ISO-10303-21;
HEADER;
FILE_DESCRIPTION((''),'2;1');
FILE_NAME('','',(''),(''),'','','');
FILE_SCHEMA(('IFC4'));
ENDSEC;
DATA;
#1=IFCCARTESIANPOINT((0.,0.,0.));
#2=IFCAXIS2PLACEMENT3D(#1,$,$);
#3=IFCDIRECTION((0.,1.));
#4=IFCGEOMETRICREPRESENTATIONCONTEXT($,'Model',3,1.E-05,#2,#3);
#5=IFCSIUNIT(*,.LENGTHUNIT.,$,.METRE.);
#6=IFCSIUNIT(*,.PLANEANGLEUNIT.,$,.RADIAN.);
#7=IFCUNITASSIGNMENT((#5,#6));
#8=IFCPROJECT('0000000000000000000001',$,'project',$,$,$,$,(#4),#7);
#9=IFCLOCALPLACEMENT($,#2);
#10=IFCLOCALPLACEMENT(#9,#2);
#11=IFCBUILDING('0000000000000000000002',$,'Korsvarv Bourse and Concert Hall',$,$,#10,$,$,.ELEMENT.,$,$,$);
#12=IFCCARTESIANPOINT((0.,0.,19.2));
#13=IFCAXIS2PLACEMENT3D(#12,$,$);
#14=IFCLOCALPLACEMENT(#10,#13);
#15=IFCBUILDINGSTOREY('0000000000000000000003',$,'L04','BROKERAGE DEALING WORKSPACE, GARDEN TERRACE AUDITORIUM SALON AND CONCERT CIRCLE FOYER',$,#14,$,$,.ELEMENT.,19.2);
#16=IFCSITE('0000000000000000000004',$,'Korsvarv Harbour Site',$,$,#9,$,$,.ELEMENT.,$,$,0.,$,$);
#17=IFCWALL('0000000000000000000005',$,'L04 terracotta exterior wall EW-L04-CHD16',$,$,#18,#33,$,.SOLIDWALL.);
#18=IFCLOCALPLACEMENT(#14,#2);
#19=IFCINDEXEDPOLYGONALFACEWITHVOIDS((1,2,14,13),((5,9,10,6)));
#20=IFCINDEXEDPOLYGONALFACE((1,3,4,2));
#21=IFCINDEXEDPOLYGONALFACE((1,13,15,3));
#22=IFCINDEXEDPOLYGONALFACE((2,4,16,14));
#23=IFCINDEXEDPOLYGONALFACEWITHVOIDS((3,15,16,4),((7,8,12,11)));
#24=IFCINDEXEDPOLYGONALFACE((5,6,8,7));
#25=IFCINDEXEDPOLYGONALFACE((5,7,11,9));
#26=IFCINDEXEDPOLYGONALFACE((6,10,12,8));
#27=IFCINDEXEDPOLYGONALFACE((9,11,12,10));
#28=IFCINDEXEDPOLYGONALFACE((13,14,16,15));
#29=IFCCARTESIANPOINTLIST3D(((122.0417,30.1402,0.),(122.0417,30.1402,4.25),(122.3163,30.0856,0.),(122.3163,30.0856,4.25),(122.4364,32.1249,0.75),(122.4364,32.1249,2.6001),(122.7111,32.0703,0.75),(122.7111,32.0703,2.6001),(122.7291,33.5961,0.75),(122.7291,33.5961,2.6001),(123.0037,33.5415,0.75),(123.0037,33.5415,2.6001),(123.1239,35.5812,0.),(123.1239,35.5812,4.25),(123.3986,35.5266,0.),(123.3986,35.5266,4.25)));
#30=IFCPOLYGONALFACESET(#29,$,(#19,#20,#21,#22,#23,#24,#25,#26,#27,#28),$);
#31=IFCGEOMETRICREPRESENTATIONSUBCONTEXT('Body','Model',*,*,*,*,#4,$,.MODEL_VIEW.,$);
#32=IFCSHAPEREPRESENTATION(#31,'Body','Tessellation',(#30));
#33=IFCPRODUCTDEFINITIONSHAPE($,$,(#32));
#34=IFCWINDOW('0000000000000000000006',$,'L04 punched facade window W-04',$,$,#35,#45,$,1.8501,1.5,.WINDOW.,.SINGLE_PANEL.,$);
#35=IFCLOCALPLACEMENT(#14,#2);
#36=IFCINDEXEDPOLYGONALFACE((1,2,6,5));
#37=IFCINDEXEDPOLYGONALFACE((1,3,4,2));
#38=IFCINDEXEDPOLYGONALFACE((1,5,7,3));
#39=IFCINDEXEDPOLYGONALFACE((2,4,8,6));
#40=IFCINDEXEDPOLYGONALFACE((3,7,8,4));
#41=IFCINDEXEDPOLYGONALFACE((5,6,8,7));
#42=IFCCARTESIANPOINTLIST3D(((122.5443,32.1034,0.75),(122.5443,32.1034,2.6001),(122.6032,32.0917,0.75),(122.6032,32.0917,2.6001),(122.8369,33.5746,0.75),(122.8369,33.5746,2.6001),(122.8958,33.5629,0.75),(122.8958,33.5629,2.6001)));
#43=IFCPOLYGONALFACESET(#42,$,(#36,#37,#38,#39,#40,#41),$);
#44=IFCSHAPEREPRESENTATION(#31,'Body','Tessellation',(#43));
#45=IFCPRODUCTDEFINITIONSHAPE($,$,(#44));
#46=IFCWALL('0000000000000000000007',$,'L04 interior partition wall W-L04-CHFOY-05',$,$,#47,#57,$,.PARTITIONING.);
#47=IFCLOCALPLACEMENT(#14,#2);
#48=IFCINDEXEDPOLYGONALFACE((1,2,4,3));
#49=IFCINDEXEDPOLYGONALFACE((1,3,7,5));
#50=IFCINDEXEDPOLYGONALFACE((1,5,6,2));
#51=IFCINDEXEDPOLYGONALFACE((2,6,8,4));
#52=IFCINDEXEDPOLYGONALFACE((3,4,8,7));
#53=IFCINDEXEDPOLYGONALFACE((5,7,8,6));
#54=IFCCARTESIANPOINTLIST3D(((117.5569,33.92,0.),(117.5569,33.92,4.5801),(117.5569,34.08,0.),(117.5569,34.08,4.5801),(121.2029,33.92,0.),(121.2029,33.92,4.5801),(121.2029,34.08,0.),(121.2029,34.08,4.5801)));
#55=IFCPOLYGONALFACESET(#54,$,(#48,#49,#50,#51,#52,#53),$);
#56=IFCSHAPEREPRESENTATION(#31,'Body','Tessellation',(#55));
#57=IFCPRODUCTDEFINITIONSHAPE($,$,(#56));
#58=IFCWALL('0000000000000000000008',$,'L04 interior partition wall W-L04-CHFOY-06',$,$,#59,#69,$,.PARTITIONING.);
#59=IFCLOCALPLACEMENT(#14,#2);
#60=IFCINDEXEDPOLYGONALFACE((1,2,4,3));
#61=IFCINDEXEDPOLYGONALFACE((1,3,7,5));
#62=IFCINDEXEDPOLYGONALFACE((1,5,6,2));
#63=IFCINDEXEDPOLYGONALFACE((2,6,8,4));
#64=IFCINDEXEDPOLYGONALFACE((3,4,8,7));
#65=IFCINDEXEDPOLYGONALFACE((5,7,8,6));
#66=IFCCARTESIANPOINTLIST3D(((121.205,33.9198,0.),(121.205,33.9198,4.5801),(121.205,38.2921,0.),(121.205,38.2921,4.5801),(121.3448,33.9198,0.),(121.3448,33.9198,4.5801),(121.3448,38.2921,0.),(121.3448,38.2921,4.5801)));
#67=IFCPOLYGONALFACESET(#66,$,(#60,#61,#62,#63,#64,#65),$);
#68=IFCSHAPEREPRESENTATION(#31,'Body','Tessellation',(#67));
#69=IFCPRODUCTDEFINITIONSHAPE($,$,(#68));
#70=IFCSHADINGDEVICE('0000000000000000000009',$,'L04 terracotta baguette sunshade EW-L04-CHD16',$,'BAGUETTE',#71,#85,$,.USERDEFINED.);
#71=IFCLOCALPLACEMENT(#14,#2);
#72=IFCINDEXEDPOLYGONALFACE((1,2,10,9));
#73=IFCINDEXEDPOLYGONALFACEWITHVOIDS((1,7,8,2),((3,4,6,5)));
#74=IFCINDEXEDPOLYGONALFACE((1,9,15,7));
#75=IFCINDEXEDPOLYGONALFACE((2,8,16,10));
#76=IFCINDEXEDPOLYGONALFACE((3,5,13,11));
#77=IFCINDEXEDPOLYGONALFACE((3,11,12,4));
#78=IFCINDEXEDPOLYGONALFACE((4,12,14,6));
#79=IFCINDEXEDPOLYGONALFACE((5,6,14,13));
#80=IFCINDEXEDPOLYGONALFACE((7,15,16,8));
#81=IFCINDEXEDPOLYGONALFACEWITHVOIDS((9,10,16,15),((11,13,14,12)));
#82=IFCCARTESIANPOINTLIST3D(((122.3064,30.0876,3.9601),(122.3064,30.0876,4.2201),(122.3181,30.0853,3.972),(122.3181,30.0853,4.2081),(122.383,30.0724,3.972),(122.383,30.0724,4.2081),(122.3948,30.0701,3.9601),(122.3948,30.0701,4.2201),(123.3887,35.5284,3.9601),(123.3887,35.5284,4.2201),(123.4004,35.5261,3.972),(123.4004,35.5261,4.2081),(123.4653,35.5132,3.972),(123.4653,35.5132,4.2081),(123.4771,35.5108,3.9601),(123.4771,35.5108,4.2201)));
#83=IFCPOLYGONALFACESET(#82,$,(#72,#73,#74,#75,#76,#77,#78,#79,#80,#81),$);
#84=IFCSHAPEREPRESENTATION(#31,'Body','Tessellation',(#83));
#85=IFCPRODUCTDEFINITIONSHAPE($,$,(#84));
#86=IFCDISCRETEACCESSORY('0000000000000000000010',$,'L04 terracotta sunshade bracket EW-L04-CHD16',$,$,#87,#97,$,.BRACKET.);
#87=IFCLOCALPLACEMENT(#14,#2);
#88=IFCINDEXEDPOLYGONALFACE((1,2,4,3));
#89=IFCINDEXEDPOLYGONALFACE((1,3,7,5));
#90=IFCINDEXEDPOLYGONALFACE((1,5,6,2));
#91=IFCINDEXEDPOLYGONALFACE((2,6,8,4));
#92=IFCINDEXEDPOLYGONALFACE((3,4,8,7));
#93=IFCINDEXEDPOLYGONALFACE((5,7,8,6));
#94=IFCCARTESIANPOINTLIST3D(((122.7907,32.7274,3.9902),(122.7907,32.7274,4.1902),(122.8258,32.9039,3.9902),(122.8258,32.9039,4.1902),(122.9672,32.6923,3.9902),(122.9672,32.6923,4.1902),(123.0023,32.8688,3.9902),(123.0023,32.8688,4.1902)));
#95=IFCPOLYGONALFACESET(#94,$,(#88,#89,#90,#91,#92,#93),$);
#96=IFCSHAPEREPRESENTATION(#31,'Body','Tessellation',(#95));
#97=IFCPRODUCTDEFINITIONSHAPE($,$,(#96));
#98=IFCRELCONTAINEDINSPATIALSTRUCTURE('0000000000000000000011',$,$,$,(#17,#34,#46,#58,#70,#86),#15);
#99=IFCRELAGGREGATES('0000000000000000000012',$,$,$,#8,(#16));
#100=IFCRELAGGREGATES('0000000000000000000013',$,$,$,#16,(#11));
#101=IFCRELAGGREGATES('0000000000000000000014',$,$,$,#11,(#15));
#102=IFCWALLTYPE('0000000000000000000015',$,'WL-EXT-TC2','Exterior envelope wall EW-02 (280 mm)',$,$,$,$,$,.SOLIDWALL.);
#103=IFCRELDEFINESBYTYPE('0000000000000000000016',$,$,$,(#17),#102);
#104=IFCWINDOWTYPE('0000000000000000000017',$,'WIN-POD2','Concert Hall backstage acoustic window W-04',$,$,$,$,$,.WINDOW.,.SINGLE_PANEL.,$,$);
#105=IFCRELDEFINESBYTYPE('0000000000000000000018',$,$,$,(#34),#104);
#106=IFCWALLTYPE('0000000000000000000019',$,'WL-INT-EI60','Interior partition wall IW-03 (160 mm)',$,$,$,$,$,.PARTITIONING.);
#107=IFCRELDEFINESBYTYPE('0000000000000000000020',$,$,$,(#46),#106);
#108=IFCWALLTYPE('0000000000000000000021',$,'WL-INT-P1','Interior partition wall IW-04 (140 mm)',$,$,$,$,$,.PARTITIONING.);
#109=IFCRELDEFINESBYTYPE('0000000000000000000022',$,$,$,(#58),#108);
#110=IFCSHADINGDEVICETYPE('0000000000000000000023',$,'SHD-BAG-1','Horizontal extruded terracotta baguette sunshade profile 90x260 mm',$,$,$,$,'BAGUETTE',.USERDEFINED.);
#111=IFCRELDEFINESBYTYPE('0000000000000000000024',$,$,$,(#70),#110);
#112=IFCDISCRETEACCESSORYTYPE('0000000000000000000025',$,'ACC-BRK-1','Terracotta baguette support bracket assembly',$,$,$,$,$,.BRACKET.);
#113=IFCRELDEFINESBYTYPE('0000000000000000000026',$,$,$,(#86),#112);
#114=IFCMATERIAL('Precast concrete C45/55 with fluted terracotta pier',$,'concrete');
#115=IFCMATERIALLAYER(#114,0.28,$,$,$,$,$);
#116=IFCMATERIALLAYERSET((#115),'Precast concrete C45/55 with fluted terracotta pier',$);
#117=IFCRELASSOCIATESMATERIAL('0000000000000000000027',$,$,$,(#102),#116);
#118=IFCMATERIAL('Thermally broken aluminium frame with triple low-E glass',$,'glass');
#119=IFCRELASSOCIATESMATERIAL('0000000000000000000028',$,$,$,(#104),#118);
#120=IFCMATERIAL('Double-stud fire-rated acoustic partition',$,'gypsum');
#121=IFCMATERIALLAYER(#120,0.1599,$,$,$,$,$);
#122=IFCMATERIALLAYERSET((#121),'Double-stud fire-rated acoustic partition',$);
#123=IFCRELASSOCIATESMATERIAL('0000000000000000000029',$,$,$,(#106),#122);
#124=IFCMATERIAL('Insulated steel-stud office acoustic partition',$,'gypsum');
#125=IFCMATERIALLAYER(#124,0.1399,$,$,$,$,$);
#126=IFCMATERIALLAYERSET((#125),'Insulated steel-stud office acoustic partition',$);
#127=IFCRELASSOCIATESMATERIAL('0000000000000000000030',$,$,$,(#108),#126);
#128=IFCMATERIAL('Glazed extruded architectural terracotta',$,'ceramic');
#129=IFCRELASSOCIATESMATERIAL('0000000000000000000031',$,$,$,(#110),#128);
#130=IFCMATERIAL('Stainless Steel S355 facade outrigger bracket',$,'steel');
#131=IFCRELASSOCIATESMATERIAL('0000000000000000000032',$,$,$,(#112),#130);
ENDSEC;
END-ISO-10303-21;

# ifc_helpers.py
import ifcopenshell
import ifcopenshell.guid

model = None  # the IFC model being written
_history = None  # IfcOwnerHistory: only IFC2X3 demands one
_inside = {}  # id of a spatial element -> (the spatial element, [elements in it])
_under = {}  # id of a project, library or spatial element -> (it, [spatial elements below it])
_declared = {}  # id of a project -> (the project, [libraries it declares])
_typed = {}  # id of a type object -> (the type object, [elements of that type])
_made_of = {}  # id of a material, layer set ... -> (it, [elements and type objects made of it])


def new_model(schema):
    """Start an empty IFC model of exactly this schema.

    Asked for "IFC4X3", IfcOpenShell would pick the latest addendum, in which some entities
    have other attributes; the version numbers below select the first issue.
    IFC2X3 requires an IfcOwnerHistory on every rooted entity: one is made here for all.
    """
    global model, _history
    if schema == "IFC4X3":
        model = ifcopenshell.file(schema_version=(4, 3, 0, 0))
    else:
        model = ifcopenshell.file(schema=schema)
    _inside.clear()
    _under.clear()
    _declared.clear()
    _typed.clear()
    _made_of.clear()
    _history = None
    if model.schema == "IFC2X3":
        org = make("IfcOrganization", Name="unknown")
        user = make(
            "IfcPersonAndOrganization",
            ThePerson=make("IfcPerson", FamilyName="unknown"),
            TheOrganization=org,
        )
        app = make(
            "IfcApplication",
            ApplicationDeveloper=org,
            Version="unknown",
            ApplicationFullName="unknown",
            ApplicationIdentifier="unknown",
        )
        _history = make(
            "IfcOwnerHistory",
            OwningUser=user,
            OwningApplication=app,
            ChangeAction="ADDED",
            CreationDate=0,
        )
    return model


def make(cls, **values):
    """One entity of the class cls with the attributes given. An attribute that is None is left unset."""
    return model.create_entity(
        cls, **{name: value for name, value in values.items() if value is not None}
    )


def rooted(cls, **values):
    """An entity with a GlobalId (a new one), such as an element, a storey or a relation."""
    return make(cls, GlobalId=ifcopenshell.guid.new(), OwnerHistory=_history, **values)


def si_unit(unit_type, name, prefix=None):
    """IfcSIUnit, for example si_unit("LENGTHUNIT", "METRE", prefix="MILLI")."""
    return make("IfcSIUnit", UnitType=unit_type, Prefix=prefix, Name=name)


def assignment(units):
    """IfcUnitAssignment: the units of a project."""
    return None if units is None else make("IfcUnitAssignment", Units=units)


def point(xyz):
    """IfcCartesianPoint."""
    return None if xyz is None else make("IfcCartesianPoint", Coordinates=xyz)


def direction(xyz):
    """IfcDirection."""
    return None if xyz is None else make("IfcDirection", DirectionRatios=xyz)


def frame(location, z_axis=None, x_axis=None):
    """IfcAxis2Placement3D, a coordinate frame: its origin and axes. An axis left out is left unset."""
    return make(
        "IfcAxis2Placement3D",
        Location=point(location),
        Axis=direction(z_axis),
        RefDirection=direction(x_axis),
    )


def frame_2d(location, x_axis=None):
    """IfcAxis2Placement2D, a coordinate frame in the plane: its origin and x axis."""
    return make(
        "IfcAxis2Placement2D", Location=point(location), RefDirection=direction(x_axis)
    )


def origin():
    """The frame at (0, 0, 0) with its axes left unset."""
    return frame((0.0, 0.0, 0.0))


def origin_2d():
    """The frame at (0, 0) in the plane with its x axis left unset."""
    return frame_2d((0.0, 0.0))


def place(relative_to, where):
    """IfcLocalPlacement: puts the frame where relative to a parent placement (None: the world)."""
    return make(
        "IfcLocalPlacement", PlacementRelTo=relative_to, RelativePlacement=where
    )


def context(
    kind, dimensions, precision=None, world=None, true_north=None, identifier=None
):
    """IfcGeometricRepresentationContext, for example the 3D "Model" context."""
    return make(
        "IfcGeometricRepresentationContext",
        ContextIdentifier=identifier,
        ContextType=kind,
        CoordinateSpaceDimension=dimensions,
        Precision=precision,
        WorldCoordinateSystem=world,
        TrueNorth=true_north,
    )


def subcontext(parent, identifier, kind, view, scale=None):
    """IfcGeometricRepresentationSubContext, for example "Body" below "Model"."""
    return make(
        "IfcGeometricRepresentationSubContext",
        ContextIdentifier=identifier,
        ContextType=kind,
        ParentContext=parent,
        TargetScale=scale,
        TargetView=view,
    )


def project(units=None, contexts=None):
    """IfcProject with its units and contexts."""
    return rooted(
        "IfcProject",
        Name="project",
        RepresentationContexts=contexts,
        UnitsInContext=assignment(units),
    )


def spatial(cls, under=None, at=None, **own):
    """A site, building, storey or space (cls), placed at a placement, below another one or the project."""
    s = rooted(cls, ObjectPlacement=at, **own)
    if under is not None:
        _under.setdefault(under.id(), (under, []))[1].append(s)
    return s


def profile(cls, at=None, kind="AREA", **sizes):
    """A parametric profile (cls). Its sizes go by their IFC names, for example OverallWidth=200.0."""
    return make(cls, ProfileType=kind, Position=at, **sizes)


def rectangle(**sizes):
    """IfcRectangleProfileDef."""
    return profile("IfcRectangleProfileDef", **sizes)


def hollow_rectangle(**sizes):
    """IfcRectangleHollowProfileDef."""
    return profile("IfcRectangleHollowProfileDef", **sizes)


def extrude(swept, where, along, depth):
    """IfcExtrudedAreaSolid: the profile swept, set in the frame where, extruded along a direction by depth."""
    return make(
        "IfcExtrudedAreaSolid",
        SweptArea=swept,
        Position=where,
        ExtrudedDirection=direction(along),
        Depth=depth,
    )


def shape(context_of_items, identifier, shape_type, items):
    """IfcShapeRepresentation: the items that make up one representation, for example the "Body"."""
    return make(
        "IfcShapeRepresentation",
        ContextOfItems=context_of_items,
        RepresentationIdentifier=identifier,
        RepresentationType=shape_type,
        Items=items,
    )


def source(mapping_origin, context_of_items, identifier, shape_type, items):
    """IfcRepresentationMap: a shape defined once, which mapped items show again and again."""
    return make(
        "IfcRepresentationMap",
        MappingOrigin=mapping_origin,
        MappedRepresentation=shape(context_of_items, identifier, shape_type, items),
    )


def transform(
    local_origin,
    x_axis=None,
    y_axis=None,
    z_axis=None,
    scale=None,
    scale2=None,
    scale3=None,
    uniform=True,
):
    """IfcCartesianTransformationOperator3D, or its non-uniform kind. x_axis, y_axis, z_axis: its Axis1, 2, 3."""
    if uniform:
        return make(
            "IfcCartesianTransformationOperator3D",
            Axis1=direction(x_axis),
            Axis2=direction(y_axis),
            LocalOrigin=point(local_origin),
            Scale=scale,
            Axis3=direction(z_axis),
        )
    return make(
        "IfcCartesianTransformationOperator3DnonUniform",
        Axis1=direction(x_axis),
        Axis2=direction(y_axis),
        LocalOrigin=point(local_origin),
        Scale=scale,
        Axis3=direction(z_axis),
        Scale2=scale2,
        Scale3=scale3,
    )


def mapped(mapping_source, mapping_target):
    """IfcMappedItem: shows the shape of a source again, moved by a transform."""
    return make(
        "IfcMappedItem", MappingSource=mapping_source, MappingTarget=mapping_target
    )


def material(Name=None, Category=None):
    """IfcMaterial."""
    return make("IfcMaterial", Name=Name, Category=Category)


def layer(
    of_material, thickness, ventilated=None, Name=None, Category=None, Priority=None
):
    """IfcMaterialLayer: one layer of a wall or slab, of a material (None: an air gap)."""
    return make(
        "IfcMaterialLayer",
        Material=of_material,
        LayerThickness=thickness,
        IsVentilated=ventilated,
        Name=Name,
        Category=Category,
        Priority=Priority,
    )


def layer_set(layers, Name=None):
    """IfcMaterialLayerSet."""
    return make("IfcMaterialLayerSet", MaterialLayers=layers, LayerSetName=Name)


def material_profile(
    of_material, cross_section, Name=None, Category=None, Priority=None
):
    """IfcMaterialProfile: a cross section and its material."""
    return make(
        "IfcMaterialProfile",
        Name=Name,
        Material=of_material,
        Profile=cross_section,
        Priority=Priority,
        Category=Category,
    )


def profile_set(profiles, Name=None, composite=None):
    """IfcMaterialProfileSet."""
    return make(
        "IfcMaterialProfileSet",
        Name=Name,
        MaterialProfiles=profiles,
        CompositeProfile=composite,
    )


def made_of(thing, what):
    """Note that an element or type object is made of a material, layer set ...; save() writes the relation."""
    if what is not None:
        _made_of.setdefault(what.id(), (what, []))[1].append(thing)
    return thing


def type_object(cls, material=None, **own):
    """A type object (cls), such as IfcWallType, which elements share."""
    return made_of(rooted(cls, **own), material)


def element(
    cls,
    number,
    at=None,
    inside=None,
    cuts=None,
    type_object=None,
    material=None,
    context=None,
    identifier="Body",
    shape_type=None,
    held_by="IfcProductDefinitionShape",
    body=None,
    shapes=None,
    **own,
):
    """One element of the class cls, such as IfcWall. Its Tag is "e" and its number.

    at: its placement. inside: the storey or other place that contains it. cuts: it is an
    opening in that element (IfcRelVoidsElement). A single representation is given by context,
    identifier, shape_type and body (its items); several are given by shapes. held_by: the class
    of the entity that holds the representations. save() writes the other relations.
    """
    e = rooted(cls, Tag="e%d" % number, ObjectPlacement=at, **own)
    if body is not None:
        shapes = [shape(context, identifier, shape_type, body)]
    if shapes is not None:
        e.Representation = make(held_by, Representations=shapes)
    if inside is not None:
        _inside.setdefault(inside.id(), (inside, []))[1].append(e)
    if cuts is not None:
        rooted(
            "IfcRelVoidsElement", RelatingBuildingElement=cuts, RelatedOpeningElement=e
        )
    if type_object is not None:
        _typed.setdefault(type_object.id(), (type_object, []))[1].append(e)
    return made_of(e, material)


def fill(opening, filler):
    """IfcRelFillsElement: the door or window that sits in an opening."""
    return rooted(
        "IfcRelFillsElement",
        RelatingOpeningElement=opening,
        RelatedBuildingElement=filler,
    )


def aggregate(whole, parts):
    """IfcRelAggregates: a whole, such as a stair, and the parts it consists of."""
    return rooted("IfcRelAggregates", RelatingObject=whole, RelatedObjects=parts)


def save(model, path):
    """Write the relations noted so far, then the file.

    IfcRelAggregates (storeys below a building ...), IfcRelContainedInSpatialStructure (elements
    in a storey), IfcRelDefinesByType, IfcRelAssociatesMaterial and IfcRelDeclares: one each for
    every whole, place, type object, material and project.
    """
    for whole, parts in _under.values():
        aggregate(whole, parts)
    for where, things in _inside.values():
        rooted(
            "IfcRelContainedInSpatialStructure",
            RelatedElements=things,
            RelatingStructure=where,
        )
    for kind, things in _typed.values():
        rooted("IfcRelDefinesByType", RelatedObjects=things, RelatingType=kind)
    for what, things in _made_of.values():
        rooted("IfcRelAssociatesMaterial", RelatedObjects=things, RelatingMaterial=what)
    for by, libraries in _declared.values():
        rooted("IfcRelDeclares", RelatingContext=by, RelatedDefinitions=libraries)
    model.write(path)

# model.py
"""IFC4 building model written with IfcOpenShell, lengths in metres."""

from ifc_helpers import new_model, si_unit, direction, frame, frame_2d, origin, origin_2d, place, context, subcontext, project, spatial, rectangle, hollow_rectangle, extrude, source, transform, mapped, material, layer, layer_set, material_profile, profile_set, type_object, element, fill, save


model = new_model("IFC4")

# Units and contexts
model_context = context("Model", 3, precision=1e-05, world=origin(), true_north=direction((0.0, 1.0)))
body_context = subcontext(model_context, "Body", "Model", "MODEL_VIEW")
ifc_project = project(units=[si_unit("LENGTHUNIT", "METRE"), si_unit("PLANEANGLEUNIT", "RADIAN")], contexts=[model_context])

# Site, building, storey
site_placement = place(None, origin())
site = spatial("IfcSite", under=ifc_project, at=site_placement, Name="Korsvarv Harbour Site", CompositionType="ELEMENT", RefElevation=0.0)
building_placement = place(site_placement, origin())
building = spatial("IfcBuilding", under=site, at=building_placement, Name="Korsvarv Bourse and Concert Hall", CompositionType="ELEMENT")
storey_placement = place(building_placement, frame((0.0, 0.0, 19.2)))
storey = spatial("IfcBuildingStorey", under=building, at=storey_placement, Name="L04", Description="BROKERAGE DEALING WORKSPACE, GARDEN TERRACE AUDITORIUM SALON AND CONCERT CIRCLE FOYER", CompositionType="ELEMENT", Elevation=19.2)

# Wall, opening, window
ifc_material_1 = material(Name="Precast concrete C45/55 with fluted terracotta pier", Category="concrete")
ifc_layer_1 = layer(ifc_material_1, 0.28)
ifc_layer_set_1 = layer_set([ifc_layer_1], Name="Precast concrete C45/55 with fluted terracotta pier")
wall_type_1 = type_object("IfcWallType", Name="WL-EXT-TC2", Description="Exterior envelope wall EW-02 (280 mm)", PredefinedType="SOLIDWALL", material=ifc_layer_set_1)
wall_1_placement = place(storey_placement, frame((122.179, 30.1128, 0.0), z_axis=(0.0, 0.0, 1.0), x_axis=(0.195092, 0.980785, 0.0)))
wall_1 = element("IfcWall", 1, at=wall_1_placement, inside=storey, type_object=wall_type_1, Name="L04 terracotta exterior wall EW-L04-CHD16", PredefinedType="SOLIDWALL", context=body_context, shape_type="SweptSolid", body=[
    extrude(rectangle(XDim=5.5476, YDim=0.28, at=frame_2d((2.7739, 0.0))), origin(), (0.0, 0.0, 1.0), 4.25),
])
opening_placement = place(wall_1_placement, frame((2.0237, 0.0, 0.75)))
opening = element("IfcOpeningElement", 2, at=opening_placement, cuts=wall_1, PredefinedType="OPENING", context=body_context, shape_type="SweptSolid", body=[
    extrude(rectangle(XDim=1.5, YDim=1.8501, at=frame_2d((0.75, 0.925))), frame((0.0, 0.1499, 0.0), z_axis=(0.0, -1.0, 0.0), x_axis=(1.0, 0.0, 0.0)), (0.0, 0.0, 1.0), 0.3),
])
ifc_material_2 = material(Name="Thermally broken aluminium frame with triple low-E glass", Category="glass")
window_type = type_object("IfcWindowType", Name="WIN-POD2", Description="Concert Hall backstage acoustic window W-04", PartitioningType="SINGLE_PANEL", PredefinedType="WINDOW", material=ifc_material_2)
window_placement = place(opening_placement, origin())
window = element("IfcWindow", 3, at=window_placement, inside=storey, type_object=window_type, Name="L04 punched facade window W-04", OverallHeight=1.8501, OverallWidth=1.5, PartitioningType="SINGLE_PANEL", PredefinedType="WINDOW", context=body_context, shape_type="SweptSolid", body=[
    extrude(rectangle(XDim=1.5, YDim=1.8501, at=frame_2d((0.75, 0.925))), frame((0.0, 0.03, 0.0), z_axis=(0.0, -1.0, 0.0), x_axis=(1.0, 0.0, 0.0)), (0.0, 0.0, 1.0), 0.0601),
])
fill(opening, window)

# Walls
ifc_material_3 = material(Name="Double-stud fire-rated acoustic partition", Category="gypsum")
ifc_layer_2 = layer(ifc_material_3, 0.1599)
ifc_layer_set_2 = layer_set([ifc_layer_2], Name="Double-stud fire-rated acoustic partition")
wall_type_2 = type_object("IfcWallType", Name="WL-INT-EI60", Description="Interior partition wall IW-03 (160 mm)", PredefinedType="PARTITIONING", material=ifc_layer_set_2)
wall_2_placement = place(storey_placement, frame((117.5569, 34.0, 0.0), z_axis=(0.0, 0.0, 1.0), x_axis=(1.0, 0.0, 0.0)))
element("IfcWall", 4, at=wall_2_placement, inside=storey, type_object=wall_type_2, Name="L04 interior partition wall W-L04-CHFOY-05", PredefinedType="PARTITIONING", context=body_context, shape_type="SweptSolid", body=[
    extrude(rectangle(XDim=3.646, YDim=0.1599, at=frame_2d((1.823, 0.0))), origin(), (0.0, 0.0, 1.0), 4.5801),
])
ifc_material_4 = material(Name="Insulated steel-stud office acoustic partition", Category="gypsum")
ifc_layer_3 = layer(ifc_material_4, 0.1399)
ifc_layer_set_3 = layer_set([ifc_layer_3], Name="Insulated steel-stud office acoustic partition")
wall_type_3 = type_object("IfcWallType", Name="WL-INT-P1", Description="Interior partition wall IW-04 (140 mm)", PredefinedType="PARTITIONING", material=ifc_layer_set_3)
wall_3_placement = place(storey_placement, frame((121.2749, 33.9199, 0.0), z_axis=(0.0, 0.0, 1.0), x_axis=(0.0, 1.0, 0.0)))
element("IfcWall", 5, at=wall_3_placement, inside=storey, type_object=wall_type_3, Name="L04 interior partition wall W-L04-CHFOY-06", PredefinedType="PARTITIONING", context=body_context, shape_type="SweptSolid", body=[
    extrude(rectangle(XDim=4.3723, YDim=0.1399, at=frame_2d((2.186, 0.0))), origin(), (0.0, 0.0, 1.0), 4.5801),
])

# Shading device
ifc_material_5 = material(Name="Glazed extruded architectural terracotta", Category="ceramic")
ifc_material_profile_1 = material_profile(ifc_material_5, hollow_rectangle(XDim=0.0901, YDim=0.26, WallThickness=0.012, at=origin_2d()), Name="TC-BAG 90x260")
ifc_profile_set_1 = profile_set([ifc_material_profile_1], Name="Glazed extruded architectural terracotta")
shading_device_type = type_object("IfcShadingDeviceType", Name="SHD-BAG-1", Description="Horizontal extruded terracotta baguette sunshade profile 90x260 mm", ElementType="BAGUETTE", PredefinedType="USERDEFINED", material=ifc_profile_set_1)
shared_shape_1 = source(origin(), body_context, "Body", "SweptSolid", [
    extrude(hollow_rectangle(XDim=0.0901, YDim=0.26, WallThickness=0.012, at=origin_2d()), origin(), (0.0, 0.0, 1.0), 5.5474),
])
shading_device_placement = place(storey_placement, frame((122.3506, 30.0789, 4.0901), z_axis=(0.1951, 0.980783, 0.0), x_axis=(-0.980783, 0.1951, 0.0)))
element("IfcShadingDevice", 6, at=shading_device_placement, inside=storey, type_object=shading_device_type, Name="L04 terracotta baguette sunshade EW-L04-CHD16", ObjectType="BAGUETTE", PredefinedType="USERDEFINED", context=body_context, shape_type="MappedRepresentation", body=[
    mapped(shared_shape_1, transform((0.0, 0.0, 0.0), scale=1.0)),
])

# Discrete accessory
ifc_material_6 = material(Name="Stainless Steel S355 facade outrigger bracket", Category="steel")
discrete_accessory_type = type_object("IfcDiscreteAccessoryType", Name="ACC-BRK-1", Description="Terracotta baguette support bracket assembly", PredefinedType="BRACKET", material=ifc_material_6)
shared_shape_2 = source(origin(), body_context, "Body", "SweptSolid", [
    extrude(rectangle(XDim=0.1799, YDim=0.1799, at=origin_2d()), origin(), (0.0, 0.0, 1.0), 0.2),
])
discrete_accessory_placement = place(storey_placement, frame((122.8965, 32.7981, 3.9902), z_axis=(0.0, 0.0, 1.0), x_axis=(0.19509, 0.980785, 0.0)))
element("IfcDiscreteAccessory", 7, at=discrete_accessory_placement, inside=storey, type_object=discrete_accessory_type, Name="L04 terracotta sunshade bracket EW-L04-CHD16", PredefinedType="BRACKET", context=body_context, shape_type="MappedRepresentation", body=[
    mapped(shared_shape_2, transform((0.0, 0.0, 0.0), scale=1.0)),
])

save(model, "model.ifc")
